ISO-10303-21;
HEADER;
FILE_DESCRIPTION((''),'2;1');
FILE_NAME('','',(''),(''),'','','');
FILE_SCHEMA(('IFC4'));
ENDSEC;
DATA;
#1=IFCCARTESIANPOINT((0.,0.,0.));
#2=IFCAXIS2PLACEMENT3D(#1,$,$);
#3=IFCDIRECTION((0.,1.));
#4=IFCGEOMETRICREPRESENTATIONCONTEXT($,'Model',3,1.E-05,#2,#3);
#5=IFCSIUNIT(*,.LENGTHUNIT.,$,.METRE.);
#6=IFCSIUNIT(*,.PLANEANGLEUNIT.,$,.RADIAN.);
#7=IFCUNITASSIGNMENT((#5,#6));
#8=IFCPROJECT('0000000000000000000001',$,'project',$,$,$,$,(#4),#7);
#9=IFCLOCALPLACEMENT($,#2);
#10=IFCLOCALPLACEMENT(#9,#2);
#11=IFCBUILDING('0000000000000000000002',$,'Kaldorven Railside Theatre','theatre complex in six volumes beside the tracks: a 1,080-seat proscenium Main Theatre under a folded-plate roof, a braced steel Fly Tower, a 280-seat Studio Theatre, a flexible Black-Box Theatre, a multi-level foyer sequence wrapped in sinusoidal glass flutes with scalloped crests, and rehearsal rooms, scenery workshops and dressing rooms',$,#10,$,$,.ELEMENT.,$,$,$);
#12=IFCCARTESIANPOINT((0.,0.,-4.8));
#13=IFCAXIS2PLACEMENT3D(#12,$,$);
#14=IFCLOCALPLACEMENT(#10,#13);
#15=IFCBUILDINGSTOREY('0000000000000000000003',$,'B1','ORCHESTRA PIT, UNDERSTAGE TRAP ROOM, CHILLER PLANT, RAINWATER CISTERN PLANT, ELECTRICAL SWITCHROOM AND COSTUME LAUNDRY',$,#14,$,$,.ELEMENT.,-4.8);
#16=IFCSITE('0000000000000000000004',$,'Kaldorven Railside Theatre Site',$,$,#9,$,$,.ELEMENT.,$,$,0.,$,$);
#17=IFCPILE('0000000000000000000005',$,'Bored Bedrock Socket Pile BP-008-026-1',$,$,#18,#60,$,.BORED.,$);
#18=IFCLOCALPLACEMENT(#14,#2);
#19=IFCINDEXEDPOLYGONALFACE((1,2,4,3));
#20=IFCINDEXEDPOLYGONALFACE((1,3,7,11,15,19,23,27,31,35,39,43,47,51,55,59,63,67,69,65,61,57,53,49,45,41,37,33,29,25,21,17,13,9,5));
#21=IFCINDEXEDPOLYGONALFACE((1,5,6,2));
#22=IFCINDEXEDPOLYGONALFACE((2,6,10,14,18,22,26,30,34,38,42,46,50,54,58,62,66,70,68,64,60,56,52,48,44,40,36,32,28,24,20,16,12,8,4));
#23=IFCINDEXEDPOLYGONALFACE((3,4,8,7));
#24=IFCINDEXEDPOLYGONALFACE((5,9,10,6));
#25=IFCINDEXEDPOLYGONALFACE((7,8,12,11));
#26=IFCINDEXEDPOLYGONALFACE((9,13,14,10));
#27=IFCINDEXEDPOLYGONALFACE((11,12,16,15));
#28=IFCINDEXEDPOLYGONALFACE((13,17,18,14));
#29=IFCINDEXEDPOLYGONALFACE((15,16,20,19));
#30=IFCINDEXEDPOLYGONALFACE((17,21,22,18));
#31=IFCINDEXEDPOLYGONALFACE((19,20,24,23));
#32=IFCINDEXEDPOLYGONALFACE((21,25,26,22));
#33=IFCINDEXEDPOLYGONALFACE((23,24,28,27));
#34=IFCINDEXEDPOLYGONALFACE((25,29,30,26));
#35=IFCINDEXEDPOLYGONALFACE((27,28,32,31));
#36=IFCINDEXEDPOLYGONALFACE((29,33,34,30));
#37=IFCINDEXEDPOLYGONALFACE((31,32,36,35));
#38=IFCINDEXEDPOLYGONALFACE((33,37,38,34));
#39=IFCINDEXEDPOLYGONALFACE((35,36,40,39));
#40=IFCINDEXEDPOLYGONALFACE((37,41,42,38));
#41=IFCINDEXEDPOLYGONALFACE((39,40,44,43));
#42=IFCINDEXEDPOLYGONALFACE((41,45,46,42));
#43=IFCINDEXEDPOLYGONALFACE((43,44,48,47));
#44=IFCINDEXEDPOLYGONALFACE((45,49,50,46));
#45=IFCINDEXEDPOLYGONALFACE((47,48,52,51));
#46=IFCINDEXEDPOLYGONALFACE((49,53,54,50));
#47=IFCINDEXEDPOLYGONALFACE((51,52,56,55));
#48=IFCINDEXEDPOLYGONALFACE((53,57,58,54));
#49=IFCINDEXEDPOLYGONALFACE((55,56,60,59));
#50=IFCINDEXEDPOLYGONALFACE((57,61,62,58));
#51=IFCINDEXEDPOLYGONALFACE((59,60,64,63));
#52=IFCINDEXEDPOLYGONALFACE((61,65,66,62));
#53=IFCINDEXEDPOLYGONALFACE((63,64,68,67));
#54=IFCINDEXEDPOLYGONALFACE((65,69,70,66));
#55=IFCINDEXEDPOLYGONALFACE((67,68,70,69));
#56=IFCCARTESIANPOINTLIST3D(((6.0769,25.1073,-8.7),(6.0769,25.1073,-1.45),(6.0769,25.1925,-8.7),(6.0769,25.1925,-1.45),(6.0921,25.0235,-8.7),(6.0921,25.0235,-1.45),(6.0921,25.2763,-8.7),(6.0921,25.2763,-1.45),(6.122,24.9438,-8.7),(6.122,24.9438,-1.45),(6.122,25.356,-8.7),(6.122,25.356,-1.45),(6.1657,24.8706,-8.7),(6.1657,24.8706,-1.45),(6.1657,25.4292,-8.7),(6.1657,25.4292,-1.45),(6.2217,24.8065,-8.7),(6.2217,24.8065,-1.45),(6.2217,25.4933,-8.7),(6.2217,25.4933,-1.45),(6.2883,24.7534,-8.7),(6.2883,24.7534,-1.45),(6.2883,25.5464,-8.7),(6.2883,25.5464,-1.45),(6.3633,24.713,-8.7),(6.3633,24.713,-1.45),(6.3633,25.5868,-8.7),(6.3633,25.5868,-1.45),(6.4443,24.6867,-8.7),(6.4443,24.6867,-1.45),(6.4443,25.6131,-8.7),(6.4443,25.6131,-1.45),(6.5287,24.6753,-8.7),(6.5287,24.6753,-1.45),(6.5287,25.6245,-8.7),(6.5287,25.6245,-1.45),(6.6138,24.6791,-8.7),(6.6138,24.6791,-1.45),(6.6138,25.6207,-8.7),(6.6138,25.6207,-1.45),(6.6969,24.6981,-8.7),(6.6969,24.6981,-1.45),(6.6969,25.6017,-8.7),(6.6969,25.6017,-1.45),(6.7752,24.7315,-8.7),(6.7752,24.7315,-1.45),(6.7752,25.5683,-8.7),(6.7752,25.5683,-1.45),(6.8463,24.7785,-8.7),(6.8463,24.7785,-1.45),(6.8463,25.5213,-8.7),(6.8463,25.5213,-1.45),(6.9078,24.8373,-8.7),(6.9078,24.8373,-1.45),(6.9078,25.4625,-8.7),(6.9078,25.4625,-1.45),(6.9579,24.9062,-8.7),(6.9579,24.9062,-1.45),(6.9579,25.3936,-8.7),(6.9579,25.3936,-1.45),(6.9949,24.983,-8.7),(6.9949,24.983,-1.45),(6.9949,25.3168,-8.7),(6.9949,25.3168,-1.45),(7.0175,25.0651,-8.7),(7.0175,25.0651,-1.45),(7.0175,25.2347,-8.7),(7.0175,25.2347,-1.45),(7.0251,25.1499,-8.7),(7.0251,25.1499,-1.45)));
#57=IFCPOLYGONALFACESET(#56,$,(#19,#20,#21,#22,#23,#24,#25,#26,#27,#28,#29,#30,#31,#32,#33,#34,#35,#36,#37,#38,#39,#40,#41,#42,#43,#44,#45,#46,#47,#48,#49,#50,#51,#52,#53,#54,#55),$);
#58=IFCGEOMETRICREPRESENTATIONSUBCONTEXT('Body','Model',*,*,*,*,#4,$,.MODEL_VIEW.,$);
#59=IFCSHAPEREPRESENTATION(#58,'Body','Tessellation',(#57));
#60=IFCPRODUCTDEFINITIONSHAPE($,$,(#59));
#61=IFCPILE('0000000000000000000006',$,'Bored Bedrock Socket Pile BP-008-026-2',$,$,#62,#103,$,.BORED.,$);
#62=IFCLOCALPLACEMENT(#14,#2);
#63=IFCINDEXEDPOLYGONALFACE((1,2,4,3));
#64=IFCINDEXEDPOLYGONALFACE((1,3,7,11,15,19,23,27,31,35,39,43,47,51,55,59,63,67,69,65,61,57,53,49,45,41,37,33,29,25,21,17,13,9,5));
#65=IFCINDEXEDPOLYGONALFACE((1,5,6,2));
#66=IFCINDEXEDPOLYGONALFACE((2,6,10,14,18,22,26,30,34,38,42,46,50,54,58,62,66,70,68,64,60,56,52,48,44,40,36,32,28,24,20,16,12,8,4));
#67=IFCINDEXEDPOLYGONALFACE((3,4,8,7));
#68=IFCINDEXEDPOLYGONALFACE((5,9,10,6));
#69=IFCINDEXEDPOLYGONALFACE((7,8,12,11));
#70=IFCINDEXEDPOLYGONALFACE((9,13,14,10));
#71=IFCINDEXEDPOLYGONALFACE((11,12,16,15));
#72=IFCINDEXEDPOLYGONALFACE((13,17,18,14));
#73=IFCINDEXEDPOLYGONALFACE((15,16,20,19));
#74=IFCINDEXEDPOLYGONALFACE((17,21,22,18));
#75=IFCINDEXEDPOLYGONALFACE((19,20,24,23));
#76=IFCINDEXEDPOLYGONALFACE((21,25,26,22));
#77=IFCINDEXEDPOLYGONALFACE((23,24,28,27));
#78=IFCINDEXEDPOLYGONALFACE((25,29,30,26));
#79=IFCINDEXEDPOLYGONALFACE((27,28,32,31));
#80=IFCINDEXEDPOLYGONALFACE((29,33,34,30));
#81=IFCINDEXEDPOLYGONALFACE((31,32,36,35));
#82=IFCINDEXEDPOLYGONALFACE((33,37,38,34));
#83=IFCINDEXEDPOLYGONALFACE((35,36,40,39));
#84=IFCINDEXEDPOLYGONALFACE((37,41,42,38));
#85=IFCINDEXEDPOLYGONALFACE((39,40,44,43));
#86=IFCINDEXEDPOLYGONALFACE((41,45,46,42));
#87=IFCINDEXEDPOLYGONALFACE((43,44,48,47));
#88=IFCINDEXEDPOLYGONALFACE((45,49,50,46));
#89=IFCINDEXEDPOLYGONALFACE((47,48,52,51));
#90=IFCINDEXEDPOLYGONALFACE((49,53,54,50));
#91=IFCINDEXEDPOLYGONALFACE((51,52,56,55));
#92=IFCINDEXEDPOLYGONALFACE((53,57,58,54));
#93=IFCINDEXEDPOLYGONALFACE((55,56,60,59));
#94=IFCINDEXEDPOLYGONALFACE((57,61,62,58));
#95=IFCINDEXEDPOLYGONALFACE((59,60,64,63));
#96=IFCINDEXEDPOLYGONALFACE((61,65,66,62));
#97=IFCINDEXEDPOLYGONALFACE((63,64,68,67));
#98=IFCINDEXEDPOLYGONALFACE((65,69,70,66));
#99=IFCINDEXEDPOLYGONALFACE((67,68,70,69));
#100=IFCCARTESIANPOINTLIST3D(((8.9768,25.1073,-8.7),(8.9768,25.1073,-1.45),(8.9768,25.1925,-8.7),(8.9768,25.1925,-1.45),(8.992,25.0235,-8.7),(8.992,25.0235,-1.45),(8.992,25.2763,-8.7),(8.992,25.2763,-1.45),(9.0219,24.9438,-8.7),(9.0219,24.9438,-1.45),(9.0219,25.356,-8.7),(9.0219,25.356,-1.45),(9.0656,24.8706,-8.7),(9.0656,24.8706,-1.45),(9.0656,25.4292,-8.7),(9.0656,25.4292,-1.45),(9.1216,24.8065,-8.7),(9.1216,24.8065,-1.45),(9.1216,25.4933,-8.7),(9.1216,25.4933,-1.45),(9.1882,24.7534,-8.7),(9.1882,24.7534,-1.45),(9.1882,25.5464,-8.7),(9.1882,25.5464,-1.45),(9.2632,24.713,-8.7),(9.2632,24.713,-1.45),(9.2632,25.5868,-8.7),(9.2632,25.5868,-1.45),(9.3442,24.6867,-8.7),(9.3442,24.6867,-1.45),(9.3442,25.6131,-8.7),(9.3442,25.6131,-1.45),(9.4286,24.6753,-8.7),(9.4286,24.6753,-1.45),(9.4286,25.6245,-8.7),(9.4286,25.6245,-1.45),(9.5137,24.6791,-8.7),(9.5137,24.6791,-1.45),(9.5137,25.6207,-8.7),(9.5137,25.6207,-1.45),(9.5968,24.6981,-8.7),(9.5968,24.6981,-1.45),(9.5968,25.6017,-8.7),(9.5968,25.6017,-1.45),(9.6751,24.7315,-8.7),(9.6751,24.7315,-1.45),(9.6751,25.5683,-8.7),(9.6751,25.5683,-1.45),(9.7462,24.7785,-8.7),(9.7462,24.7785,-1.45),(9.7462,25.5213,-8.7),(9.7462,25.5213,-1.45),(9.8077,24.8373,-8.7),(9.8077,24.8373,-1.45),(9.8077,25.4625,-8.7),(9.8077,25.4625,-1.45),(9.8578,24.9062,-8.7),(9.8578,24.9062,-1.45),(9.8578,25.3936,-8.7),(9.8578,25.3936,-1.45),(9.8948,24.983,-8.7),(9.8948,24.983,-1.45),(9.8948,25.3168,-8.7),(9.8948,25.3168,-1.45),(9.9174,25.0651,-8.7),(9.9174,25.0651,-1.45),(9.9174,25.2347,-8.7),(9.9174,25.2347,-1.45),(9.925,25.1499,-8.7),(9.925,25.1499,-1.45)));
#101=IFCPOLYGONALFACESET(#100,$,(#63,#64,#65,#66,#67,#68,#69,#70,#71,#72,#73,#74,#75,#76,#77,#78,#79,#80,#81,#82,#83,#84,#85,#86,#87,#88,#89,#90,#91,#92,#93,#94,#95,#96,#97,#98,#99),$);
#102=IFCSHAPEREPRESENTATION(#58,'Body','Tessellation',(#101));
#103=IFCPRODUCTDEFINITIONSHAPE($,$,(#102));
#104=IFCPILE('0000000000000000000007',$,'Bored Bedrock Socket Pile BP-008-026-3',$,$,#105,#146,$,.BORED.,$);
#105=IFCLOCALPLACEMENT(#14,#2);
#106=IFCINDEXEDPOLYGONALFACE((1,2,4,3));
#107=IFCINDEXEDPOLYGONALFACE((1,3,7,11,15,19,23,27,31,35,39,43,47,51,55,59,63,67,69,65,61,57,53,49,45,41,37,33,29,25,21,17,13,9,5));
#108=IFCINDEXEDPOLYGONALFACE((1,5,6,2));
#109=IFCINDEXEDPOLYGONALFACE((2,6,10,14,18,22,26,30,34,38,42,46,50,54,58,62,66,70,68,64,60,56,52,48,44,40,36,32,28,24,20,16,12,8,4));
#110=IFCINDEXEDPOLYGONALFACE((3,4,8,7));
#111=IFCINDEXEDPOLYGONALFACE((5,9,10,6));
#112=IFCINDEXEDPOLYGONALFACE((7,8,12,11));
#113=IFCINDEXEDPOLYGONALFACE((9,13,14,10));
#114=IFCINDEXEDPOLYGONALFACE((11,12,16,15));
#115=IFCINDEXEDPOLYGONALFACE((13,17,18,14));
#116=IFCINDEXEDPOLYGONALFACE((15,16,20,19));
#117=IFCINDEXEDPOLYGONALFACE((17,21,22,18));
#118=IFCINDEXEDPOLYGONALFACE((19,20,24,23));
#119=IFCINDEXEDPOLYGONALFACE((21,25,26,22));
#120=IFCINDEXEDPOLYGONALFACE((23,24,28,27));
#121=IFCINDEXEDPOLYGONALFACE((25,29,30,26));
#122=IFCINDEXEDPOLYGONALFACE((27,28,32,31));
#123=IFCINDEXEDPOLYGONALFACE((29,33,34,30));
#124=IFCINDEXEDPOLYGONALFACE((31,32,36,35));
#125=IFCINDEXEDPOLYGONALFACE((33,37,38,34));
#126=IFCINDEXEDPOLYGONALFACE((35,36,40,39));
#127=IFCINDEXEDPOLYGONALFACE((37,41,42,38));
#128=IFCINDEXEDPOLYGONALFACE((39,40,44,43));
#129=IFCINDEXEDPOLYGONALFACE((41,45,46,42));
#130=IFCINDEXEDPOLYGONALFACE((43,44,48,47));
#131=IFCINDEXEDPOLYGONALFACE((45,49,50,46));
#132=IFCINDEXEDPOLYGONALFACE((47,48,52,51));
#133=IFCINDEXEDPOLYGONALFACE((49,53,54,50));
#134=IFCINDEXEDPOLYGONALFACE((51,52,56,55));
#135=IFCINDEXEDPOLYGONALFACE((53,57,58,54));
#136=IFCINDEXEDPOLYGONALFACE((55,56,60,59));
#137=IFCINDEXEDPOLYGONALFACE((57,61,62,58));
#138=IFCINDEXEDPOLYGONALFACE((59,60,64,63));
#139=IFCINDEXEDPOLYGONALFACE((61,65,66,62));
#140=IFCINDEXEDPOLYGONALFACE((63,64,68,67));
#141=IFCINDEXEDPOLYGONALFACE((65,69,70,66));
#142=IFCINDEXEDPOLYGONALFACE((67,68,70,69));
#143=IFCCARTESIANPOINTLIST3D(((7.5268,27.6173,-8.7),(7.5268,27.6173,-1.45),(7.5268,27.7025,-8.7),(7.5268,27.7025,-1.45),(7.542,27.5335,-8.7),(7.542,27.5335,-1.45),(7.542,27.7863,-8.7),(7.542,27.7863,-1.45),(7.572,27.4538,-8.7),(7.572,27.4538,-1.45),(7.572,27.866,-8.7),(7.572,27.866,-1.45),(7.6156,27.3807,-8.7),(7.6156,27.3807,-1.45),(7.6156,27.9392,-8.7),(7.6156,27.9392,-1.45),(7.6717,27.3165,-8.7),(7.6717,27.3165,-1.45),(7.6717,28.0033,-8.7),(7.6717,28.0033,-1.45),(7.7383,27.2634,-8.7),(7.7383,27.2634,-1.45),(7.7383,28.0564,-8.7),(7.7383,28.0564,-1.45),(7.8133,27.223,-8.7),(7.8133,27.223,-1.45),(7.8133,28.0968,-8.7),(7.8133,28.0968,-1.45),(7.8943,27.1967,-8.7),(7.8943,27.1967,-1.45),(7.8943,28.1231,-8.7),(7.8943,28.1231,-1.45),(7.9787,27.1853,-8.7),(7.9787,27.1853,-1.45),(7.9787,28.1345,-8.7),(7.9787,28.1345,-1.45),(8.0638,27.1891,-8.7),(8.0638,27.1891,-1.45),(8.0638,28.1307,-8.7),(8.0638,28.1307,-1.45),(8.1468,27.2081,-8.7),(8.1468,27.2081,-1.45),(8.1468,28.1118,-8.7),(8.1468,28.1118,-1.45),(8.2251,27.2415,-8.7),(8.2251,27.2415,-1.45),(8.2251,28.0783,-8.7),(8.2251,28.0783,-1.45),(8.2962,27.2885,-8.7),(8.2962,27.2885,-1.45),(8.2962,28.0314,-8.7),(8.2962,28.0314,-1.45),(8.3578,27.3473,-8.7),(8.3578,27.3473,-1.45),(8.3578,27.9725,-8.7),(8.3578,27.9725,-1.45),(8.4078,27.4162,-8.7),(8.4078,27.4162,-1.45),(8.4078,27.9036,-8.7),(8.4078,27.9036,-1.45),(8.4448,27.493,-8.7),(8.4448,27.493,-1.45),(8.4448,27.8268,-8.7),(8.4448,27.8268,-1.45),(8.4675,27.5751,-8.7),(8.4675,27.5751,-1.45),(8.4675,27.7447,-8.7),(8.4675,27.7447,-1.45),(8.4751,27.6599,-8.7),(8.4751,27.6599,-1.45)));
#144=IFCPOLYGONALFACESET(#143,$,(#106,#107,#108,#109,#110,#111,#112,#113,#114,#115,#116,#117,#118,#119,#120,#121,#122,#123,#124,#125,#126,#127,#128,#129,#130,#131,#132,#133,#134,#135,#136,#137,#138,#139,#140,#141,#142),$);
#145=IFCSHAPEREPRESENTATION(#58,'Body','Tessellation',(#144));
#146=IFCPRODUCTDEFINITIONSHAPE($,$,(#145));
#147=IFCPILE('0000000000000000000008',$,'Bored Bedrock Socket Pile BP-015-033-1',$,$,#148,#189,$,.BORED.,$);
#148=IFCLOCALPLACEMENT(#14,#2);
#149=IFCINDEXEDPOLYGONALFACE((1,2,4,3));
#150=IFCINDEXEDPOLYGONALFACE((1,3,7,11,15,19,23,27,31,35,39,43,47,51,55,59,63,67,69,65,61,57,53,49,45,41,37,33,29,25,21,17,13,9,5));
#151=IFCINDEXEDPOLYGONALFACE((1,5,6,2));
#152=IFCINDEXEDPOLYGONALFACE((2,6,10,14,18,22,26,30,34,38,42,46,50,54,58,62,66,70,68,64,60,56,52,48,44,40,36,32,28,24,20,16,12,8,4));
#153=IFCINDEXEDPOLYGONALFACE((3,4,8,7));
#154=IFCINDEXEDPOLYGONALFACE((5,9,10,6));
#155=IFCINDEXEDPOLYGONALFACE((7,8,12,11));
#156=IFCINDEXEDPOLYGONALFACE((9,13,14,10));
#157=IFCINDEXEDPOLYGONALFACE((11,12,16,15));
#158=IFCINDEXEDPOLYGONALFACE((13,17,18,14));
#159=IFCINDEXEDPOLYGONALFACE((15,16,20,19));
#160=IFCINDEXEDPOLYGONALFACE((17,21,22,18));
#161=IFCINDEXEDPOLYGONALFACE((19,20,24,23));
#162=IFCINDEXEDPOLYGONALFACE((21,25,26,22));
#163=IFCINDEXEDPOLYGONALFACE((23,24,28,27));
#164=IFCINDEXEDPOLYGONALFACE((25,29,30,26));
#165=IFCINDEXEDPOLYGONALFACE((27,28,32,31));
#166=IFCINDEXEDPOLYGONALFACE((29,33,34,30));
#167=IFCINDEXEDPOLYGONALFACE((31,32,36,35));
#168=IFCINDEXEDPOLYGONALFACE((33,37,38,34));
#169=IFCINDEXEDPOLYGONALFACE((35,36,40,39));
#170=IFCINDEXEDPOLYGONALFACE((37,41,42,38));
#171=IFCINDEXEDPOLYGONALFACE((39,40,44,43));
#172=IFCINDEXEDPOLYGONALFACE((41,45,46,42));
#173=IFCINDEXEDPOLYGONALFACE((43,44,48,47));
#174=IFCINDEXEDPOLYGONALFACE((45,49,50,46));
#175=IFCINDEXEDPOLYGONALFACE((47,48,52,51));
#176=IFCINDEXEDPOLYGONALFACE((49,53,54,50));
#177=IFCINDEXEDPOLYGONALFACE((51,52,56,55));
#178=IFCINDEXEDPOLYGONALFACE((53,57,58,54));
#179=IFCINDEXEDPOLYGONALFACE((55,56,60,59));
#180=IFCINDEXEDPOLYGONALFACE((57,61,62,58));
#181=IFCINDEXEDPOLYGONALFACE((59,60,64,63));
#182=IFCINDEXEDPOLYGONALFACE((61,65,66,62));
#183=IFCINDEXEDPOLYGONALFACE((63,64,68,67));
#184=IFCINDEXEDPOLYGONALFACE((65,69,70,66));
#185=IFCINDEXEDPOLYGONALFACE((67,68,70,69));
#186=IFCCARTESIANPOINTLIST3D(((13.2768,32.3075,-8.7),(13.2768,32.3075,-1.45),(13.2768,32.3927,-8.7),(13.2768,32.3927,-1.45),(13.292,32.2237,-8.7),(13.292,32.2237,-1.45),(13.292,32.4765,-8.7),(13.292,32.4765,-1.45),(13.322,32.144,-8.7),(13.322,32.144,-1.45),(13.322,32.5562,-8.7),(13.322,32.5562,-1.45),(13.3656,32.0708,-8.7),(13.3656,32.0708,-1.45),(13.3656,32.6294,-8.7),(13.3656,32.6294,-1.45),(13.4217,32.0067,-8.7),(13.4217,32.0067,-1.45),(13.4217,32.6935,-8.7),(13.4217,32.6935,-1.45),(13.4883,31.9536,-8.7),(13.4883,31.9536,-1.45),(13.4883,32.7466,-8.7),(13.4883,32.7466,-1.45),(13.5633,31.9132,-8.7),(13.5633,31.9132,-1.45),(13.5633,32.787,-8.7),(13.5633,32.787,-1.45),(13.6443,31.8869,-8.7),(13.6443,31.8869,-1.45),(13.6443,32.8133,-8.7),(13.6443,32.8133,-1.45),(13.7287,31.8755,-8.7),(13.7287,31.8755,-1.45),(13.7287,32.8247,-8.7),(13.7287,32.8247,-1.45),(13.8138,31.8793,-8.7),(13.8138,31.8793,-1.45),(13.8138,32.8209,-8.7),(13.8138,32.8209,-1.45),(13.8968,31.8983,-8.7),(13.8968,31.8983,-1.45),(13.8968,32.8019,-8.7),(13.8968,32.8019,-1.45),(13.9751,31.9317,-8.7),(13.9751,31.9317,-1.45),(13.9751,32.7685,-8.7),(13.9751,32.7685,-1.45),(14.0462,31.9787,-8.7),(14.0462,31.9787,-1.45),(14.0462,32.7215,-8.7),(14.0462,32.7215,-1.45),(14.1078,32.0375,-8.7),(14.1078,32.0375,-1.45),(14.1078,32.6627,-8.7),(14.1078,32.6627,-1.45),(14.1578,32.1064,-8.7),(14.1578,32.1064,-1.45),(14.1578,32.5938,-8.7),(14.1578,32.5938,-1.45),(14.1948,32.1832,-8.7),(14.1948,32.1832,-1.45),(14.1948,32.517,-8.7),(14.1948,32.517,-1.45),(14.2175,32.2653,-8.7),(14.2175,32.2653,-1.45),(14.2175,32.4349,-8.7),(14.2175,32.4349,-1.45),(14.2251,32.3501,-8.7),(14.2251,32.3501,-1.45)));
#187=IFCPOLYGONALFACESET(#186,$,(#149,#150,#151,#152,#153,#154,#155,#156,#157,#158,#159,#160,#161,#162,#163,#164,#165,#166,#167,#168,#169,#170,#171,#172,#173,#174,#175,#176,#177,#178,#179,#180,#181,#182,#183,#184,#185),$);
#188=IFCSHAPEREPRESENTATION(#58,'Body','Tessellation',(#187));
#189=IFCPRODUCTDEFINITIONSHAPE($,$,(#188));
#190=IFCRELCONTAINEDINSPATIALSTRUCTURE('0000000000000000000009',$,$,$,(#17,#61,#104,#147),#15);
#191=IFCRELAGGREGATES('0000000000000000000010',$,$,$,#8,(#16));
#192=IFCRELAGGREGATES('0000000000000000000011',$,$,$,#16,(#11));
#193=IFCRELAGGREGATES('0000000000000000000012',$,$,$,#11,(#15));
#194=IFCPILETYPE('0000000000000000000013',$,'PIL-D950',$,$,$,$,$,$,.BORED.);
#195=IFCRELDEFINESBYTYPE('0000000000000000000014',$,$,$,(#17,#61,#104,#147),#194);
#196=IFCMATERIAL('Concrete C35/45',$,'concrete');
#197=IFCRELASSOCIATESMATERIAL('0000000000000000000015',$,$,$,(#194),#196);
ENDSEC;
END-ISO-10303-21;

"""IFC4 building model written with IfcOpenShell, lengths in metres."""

from ifc_helpers import new_model, si_unit, direction, frame, origin, origin_2d, place, context, subcontext, project, spatial, circle, extrude, material, material_profile, profile_set, type_object, element, save


model = new_model("IFC4")

# Units and contexts
model_context = context("Model", 3, precision=1e-05, world=origin(), true_north=direction((0.0, 1.0)))
body_context = subcontext(model_context, "Body", "Model", "MODEL_VIEW")
ifc_project = project(units=[si_unit("LENGTHUNIT", "METRE"), si_unit("PLANEANGLEUNIT", "RADIAN")], contexts=[model_context])

# Site, building, storey
site_placement = place(None, origin())
site = spatial("IfcSite", under=ifc_project, at=site_placement, Name="Kaldorven Railside Theatre Site", CompositionType="ELEMENT", RefElevation=0.0)
building_placement = place(site_placement, origin())
building = spatial("IfcBuilding", under=site, at=building_placement, Name="Kaldorven Railside Theatre", Description="theatre complex in six volumes beside the tracks: a 1,080-seat proscenium Main Theatre under a folded-plate roof, a braced steel Fly Tower, a 280-seat Studio Theatre, a flexible Black-Box Theatre, a multi-level foyer sequence wrapped in sinusoidal glass flutes with scalloped crests, and rehearsal rooms, scenery workshops and dressing rooms", CompositionType="ELEMENT")
storey_placement = place(building_placement, frame((0.0, 0.0, -4.8)))
storey = spatial("IfcBuildingStorey", under=building, at=storey_placement, Name="B1", Description="ORCHESTRA PIT, UNDERSTAGE TRAP ROOM, CHILLER PLANT, RAINWATER CISTERN PLANT, ELECTRICAL SWITCHROOM AND COSTUME LAUNDRY", CompositionType="ELEMENT", Elevation=-4.8)

# Piles
ifc_material_1 = material(Name="Concrete C35/45", Category="concrete")
ifc_material_profile_1 = material_profile(ifc_material_1, circle(Radius=0.4751, at=origin_2d()), Name="BP D950")
ifc_profile_set_1 = profile_set([ifc_material_profile_1], Name="Concrete C35/45")
pile_type_1 = type_object("IfcPileType", Name="PIL-D950", PredefinedType="BORED", material=ifc_profile_set_1)
for number, where, z_axis, x_axis, name in (
    (1, (6.55, 25.1499, -1.45), (0.0, 0.0, -1.0), (1.0, 0.0, 0.0), "Bored Bedrock Socket Pile BP-008-026-1"),
    (2, (9.45, 25.1499, -1.45), (0.0, 0.0, -1.0), (1.0, 0.0, 0.0), "Bored Bedrock Socket Pile BP-008-026-2"),
    (3, (8.0, 27.6599, -1.45), (0.0, 0.0, -1.0), (1.0, 0.0, 0.0), "Bored Bedrock Socket Pile BP-008-026-3"),
    (4, (13.75, 32.3501, -1.45), (0.0, 0.0, -1.0), (1.0, 0.0, 0.0), "Bored Bedrock Socket Pile BP-015-033-1"),
):
    element("IfcPile", number, at=place(storey_placement, frame(where, z_axis=z_axis, x_axis=x_axis)), inside=storey, type_object=pile_type_1, Name=name, PredefinedType="BORED", context=body_context, shape_type="SweptSolid", body=[
        extrude(circle(Radius=0.4751, at=origin_2d()), origin(), (0.0, 0.0, 1.0), 7.25),
    ])

save(model, "model.ifc")
